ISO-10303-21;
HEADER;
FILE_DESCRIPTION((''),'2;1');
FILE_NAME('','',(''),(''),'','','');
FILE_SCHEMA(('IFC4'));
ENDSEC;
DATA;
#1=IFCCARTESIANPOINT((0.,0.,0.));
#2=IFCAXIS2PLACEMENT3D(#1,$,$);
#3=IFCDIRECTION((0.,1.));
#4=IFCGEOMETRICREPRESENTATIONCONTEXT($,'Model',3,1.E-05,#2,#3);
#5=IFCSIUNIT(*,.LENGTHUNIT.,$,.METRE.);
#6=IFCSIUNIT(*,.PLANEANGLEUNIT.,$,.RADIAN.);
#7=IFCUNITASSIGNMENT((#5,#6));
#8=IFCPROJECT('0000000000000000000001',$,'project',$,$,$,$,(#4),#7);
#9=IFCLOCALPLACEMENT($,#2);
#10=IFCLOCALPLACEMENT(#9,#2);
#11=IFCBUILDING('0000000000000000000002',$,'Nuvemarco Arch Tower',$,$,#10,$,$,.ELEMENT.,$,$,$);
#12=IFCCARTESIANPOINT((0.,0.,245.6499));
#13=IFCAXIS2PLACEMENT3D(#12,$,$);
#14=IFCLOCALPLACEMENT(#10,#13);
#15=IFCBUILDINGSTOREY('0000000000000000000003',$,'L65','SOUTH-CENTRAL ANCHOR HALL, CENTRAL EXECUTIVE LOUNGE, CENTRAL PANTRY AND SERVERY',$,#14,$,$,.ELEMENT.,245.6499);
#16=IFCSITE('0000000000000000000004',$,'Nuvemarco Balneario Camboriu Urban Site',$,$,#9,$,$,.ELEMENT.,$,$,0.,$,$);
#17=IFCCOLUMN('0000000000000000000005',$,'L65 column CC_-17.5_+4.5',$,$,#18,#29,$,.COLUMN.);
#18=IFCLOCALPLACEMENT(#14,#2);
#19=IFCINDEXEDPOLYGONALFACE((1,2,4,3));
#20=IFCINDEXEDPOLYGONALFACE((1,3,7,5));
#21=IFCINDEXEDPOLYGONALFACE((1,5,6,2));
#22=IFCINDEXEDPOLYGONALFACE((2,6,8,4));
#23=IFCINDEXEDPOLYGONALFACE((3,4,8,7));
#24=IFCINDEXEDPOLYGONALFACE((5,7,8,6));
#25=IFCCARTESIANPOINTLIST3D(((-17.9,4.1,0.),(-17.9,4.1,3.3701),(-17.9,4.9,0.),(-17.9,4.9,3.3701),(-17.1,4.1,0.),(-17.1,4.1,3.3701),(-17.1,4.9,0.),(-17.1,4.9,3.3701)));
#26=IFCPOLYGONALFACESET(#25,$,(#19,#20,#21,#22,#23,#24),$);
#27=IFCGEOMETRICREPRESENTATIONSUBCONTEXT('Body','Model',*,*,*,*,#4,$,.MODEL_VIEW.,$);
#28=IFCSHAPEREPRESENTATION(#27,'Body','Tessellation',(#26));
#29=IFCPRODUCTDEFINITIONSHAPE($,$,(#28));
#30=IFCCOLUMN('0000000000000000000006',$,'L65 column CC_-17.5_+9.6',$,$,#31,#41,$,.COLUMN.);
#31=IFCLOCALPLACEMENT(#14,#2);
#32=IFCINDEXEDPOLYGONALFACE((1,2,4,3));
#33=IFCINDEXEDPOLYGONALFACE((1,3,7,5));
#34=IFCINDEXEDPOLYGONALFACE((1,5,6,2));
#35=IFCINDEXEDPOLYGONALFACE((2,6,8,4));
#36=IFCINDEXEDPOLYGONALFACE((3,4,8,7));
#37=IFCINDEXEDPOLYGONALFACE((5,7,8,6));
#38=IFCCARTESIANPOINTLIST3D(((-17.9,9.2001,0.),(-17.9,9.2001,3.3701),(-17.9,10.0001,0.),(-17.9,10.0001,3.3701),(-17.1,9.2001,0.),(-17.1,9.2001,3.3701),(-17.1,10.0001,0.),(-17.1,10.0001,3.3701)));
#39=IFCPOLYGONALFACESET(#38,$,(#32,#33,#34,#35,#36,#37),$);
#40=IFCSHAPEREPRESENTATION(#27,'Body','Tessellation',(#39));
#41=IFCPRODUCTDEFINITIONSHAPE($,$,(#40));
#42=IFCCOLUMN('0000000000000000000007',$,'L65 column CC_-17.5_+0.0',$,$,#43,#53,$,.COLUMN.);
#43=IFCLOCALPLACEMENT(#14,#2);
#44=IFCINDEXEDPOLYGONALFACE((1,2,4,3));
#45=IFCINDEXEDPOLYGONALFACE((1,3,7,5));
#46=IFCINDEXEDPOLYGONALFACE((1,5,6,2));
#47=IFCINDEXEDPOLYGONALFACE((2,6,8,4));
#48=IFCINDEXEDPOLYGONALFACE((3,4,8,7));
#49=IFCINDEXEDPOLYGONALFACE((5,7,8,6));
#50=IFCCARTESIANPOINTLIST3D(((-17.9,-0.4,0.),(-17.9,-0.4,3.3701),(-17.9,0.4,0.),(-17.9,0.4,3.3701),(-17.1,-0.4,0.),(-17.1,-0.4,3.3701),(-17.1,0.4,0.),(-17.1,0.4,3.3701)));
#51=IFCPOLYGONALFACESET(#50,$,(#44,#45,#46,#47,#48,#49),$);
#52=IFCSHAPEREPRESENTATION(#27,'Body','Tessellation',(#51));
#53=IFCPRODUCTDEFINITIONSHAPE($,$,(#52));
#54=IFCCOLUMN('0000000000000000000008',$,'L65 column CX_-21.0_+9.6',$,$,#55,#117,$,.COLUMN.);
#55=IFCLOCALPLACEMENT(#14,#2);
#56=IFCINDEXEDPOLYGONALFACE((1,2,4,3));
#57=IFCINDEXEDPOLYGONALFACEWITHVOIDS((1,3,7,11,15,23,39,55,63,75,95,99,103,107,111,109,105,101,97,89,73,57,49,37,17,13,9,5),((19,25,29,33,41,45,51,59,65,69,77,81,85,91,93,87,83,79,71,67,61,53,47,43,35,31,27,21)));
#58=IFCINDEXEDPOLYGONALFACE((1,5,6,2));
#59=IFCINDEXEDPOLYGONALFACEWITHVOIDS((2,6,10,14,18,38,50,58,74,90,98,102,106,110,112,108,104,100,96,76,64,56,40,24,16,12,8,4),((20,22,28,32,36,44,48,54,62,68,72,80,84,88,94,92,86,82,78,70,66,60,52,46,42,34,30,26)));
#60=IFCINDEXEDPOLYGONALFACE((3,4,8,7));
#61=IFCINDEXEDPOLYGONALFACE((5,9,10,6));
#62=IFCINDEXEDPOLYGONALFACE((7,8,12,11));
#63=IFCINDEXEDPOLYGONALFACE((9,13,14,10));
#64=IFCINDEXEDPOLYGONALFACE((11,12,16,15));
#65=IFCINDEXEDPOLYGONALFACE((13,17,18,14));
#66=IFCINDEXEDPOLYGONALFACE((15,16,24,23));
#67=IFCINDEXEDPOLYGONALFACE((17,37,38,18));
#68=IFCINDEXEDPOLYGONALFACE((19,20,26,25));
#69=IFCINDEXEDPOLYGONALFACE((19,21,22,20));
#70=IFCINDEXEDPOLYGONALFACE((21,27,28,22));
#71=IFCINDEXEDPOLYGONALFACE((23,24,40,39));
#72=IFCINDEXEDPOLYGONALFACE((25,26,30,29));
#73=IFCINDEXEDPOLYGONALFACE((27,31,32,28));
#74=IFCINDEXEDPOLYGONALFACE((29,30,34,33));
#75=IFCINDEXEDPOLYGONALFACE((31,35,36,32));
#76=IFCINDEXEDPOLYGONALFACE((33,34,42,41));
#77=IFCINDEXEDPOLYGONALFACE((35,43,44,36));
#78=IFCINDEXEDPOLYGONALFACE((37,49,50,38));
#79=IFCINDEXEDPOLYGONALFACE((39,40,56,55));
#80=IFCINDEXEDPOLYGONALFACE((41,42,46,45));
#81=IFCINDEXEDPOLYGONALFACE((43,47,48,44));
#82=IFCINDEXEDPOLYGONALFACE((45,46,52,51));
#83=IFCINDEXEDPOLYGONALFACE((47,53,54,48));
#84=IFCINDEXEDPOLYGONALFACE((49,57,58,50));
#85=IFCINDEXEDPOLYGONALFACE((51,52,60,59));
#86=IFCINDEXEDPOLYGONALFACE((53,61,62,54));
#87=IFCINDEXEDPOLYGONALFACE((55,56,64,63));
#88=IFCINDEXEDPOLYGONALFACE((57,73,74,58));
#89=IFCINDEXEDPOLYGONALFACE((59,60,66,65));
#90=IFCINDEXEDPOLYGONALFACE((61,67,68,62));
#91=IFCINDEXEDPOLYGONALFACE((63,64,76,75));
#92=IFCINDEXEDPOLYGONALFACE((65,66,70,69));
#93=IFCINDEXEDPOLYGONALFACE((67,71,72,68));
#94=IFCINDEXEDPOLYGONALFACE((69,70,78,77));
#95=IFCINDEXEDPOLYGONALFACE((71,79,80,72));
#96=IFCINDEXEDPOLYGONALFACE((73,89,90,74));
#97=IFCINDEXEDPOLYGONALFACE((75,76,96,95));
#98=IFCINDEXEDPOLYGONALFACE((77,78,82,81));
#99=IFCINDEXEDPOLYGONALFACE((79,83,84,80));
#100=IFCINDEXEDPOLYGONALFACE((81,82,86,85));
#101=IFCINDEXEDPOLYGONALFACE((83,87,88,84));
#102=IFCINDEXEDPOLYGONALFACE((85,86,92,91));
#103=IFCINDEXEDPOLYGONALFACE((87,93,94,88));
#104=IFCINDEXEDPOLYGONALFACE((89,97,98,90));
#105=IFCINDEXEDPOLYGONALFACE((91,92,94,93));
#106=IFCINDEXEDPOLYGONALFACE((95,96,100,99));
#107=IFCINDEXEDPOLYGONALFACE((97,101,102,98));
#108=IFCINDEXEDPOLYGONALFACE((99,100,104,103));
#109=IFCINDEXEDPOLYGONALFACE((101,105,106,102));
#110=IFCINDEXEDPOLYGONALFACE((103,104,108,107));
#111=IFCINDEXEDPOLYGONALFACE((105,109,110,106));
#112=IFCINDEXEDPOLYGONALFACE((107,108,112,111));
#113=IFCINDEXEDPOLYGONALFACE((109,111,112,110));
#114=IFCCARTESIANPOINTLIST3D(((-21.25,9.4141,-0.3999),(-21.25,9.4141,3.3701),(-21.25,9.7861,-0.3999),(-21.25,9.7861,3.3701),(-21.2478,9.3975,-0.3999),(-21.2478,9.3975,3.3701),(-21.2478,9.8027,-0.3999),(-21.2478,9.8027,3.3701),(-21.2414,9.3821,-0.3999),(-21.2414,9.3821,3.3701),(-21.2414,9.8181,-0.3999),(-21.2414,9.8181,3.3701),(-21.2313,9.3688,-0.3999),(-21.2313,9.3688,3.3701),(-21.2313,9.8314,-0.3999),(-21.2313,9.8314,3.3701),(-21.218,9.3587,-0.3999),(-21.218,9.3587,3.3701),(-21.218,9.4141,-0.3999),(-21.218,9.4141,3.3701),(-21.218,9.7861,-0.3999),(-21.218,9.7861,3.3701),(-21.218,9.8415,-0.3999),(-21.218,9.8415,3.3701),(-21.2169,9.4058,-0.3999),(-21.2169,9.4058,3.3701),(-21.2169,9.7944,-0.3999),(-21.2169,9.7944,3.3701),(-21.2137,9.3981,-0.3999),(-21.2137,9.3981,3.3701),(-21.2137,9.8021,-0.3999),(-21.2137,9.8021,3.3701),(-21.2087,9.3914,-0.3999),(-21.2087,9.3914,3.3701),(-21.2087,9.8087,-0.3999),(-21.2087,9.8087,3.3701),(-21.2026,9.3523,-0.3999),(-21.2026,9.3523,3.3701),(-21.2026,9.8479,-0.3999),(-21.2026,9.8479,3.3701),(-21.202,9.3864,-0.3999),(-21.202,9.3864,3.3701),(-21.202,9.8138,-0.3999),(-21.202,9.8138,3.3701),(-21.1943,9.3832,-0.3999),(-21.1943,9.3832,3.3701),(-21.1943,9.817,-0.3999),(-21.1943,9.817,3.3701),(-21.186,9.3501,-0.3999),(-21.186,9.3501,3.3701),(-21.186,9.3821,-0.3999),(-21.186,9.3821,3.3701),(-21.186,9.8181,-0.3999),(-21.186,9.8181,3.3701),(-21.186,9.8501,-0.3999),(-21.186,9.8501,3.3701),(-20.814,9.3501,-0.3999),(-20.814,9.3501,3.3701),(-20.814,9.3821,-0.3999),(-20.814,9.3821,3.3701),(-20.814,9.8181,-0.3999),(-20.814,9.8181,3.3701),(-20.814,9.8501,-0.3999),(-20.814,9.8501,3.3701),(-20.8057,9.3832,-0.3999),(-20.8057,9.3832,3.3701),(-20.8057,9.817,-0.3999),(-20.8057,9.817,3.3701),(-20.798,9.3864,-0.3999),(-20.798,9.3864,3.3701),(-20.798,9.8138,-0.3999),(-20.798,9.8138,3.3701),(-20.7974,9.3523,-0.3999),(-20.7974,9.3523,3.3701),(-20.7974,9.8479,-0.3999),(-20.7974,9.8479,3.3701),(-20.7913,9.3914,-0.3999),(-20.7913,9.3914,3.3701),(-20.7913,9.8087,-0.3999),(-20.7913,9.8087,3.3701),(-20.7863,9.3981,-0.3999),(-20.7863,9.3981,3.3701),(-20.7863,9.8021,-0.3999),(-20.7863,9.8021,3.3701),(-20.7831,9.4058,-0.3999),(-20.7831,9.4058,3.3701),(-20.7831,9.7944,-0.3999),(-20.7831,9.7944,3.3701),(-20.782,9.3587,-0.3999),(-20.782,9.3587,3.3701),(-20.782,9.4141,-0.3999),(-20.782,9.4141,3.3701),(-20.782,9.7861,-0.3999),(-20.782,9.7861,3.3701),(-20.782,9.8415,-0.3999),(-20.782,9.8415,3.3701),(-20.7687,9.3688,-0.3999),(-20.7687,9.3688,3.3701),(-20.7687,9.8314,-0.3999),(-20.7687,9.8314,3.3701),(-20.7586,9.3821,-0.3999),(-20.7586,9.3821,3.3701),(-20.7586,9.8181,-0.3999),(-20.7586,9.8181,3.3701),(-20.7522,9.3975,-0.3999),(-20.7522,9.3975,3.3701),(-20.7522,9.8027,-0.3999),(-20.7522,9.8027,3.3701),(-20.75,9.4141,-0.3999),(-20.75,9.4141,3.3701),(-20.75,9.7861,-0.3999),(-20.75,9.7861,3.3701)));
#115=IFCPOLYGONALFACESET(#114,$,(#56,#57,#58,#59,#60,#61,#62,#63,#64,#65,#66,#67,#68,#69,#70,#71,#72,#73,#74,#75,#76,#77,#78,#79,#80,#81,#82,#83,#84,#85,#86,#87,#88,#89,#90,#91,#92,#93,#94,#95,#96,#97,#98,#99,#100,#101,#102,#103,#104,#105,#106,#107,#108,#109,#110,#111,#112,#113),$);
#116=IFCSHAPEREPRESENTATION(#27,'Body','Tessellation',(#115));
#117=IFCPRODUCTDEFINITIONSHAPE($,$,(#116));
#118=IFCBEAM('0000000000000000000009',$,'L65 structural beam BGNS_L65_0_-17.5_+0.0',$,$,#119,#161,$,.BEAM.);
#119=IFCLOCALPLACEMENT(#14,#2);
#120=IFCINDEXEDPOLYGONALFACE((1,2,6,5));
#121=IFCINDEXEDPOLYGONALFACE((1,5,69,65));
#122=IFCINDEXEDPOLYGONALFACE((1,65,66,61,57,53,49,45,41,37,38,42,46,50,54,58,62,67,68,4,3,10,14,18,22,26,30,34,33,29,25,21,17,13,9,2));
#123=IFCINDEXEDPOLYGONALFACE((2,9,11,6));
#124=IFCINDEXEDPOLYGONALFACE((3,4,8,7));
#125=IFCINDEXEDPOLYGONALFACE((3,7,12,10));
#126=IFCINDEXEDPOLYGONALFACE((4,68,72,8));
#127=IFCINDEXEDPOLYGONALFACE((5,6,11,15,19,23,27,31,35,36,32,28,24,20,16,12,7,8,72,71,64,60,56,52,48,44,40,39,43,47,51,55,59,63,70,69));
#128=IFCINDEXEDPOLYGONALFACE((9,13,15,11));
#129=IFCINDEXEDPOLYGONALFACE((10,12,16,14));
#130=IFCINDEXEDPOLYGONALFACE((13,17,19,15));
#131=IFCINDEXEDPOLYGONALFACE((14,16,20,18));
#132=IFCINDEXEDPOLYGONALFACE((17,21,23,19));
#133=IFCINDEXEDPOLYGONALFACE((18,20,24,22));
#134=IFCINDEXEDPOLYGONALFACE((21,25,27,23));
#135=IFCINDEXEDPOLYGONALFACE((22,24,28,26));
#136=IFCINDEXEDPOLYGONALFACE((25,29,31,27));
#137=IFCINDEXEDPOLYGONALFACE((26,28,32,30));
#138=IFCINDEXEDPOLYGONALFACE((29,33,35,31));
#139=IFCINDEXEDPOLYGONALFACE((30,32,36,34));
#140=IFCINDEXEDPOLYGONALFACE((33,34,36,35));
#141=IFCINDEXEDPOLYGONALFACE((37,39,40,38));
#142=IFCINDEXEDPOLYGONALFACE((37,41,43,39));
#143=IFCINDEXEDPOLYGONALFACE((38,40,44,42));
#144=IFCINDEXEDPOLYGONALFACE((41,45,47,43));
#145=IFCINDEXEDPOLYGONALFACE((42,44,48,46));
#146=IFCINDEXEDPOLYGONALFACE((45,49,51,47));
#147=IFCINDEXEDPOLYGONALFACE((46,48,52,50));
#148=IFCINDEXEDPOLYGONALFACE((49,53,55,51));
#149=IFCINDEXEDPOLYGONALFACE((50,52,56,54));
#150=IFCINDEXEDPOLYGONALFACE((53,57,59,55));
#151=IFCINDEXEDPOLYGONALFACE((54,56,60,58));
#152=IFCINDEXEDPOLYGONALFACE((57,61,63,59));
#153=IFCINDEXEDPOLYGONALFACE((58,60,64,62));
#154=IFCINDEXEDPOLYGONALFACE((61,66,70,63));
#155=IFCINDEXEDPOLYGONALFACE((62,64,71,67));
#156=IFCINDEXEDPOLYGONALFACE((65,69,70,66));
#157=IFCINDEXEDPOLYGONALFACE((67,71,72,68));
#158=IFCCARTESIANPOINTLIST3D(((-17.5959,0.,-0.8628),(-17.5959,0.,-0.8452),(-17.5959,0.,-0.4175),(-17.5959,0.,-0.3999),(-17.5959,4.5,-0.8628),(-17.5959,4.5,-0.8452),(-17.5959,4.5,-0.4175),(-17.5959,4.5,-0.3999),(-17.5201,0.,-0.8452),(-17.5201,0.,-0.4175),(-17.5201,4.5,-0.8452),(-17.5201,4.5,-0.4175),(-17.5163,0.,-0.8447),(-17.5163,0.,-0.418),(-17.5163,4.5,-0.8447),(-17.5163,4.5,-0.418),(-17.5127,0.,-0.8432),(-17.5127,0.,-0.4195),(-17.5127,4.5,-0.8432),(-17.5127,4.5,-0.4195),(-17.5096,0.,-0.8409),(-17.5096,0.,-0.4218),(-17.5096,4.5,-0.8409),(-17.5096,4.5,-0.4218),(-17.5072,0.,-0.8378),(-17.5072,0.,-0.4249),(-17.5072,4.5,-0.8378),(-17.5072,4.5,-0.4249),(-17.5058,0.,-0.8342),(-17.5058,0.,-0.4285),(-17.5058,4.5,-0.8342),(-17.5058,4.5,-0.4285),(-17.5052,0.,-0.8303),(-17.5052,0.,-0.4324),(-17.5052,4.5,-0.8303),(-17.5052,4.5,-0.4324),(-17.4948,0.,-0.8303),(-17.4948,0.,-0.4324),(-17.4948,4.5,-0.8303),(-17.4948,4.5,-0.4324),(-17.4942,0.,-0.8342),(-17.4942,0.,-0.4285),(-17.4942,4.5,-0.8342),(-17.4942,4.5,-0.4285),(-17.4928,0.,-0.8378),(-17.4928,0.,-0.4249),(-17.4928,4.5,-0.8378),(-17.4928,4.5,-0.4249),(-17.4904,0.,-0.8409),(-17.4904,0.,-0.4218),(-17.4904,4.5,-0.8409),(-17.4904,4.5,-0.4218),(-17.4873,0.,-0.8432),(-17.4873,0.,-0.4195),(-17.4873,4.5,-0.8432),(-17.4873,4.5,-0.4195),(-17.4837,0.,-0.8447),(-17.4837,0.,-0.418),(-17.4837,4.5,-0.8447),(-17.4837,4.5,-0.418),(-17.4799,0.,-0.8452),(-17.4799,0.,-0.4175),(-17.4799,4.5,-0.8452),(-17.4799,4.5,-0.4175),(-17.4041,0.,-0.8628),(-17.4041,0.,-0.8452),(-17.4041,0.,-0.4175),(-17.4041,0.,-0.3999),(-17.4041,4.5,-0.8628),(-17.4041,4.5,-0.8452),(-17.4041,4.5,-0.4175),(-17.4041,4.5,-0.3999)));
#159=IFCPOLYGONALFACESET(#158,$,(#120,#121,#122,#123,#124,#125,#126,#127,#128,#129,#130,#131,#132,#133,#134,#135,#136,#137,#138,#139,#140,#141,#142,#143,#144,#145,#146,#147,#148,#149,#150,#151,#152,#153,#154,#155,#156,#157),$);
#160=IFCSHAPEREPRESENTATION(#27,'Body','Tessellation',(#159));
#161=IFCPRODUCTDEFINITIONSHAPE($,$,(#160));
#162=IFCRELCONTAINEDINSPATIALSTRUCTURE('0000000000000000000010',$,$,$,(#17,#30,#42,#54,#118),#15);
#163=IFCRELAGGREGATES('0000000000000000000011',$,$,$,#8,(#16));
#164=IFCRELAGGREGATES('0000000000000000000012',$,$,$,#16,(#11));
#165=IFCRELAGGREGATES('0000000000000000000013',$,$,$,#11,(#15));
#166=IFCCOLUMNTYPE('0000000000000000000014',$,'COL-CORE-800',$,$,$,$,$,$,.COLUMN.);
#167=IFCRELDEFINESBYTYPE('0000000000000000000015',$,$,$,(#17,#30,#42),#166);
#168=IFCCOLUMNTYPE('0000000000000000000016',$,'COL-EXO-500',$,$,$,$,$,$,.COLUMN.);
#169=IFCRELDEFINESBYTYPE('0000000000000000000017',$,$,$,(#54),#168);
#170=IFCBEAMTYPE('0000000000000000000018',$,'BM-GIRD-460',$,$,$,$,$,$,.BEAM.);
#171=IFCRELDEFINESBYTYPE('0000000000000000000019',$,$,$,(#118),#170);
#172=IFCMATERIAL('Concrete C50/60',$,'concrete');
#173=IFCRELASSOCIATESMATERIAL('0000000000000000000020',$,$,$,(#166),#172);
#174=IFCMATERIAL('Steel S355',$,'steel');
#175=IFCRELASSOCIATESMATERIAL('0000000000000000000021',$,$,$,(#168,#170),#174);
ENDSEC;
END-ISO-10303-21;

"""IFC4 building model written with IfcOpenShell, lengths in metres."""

from ifc_helpers import new_model, si_unit, direction, frame, origin, origin_2d, place, context, subcontext, project, spatial, rectangle, hollow_rectangle, i_section, extrude, material, material_profile, profile_set, type_object, element, save


model = new_model("IFC4")

# Units and contexts
model_context = context("Model", 3, precision=1e-05, world=origin(), true_north=direction((0.0, 1.0)))
body_context = subcontext(model_context, "Body", "Model", "MODEL_VIEW")
ifc_project = project(units=[si_unit("LENGTHUNIT", "METRE"), si_unit("PLANEANGLEUNIT", "RADIAN")], contexts=[model_context])

# Site, building, storey
site_placement = place(None, origin())
site = spatial("IfcSite", under=ifc_project, at=site_placement, Name="Nuvemarco Balneario Camboriu Urban Site", CompositionType="ELEMENT", RefElevation=0.0)
building_placement = place(site_placement, origin())
building = spatial("IfcBuilding", under=site, at=building_placement, Name="Nuvemarco Arch Tower", CompositionType="ELEMENT")
storey_placement = place(building_placement, frame((0.0, 0.0, 245.6499)))
storey = spatial("IfcBuildingStorey", under=building, at=storey_placement, Name="L65", Description="SOUTH-CENTRAL ANCHOR HALL, CENTRAL EXECUTIVE LOUNGE, CENTRAL PANTRY AND SERVERY", CompositionType="ELEMENT", Elevation=245.6499)

# Columns
ifc_material_1 = material(Name="Concrete C50/60", Category="concrete")
ifc_material_profile_1 = material_profile(ifc_material_1, rectangle(XDim=0.8, YDim=0.8, at=origin_2d()), Name="RC-COL-800x800")
ifc_profile_set_1 = profile_set([ifc_material_profile_1], Name="Concrete C50/60")
column_type_1 = type_object("IfcColumnType", Name="COL-CORE-800", PredefinedType="COLUMN", material=ifc_profile_set_1)
for number, where, z_axis, x_axis, name in (
    (1, (-17.5, 4.5, 0.0), (0.0, 0.0, 1.0), (1.0, 0.0, 0.0), "L65 column CC_-17.5_+4.5"),
    (2, (-17.5, 9.6001, 0.0), (0.0, 0.0, 1.0), (1.0, 0.0, 0.0), "L65 column CC_-17.5_+9.6"),
    (3, (-17.5, 0.0, 0.0), (0.0, 0.0, 1.0), (1.0, 0.0, 0.0), "L65 column CC_-17.5_+0.0"),
):
    element("IfcColumn", number, at=place(storey_placement, frame(where, z_axis=z_axis, x_axis=x_axis)), inside=storey, type_object=column_type_1, Name=name, PredefinedType="COLUMN", context=body_context, shape_type="SweptSolid", body=[
        extrude(rectangle(XDim=0.8, YDim=0.8, at=origin_2d()), origin(), (0.0, 0.0, 1.0), 3.3701),
    ])
ifc_material_2 = material(Name="Steel S355", Category="steel")
ifc_material_profile_2 = material_profile(ifc_material_2, hollow_rectangle(XDim=0.5, YDim=0.5, WallThickness=0.032, InnerFilletRadius=0.032, OuterFilletRadius=0.064, at=origin_2d()), Name="SHS500x500x32")
ifc_profile_set_2 = profile_set([ifc_material_profile_2], Name="Steel S355")
column_type_2 = type_object("IfcColumnType", Name="COL-EXO-500", PredefinedType="COLUMN", material=ifc_profile_set_2)
column_placement = place(storey_placement, frame((-21.0, 9.6001, -0.3999), z_axis=(0.0, 0.0, 1.0), x_axis=(1.0, 0.0, 0.0)))
element("IfcColumn", 4, at=column_placement, inside=storey, type_object=column_type_2, Name="L65 column CX_-21.0_+9.6", PredefinedType="COLUMN", context=body_context, shape_type="SweptSolid", body=[
    extrude(hollow_rectangle(XDim=0.5, YDim=0.5, WallThickness=0.032, InnerFilletRadius=0.032, OuterFilletRadius=0.064, at=origin_2d()), origin(), (0.0, 0.0, 1.0), 3.77),
])

# Beam
ifc_material_profile_3 = material_profile(ifc_material_2, i_section(OverallWidth=0.1919, OverallDepth=0.4629, WebThickness=0.0105, FlangeThickness=0.0176, FilletRadius=0.0149, at=origin_2d()), Name="W460x89")
ifc_profile_set_3 = profile_set([ifc_material_profile_3], Name="Steel S355")
beam_type_1 = type_object("IfcBeamType", Name="BM-GIRD-460", PredefinedType="BEAM", material=ifc_profile_set_3)
beam_1_placement = place(storey_placement, frame((-17.5, 0.0, -0.6313), z_axis=(0.0, 1.0, 0.0), x_axis=(-1.0, 0.0, 0.0)))
element("IfcBeam", 5, at=beam_1_placement, inside=storey, type_object=beam_type_1, Name="L65 structural beam BGNS_L65_0_-17.5_+0.0", PredefinedType="BEAM", context=body_context, shape_type="SweptSolid", body=[
    extrude(i_section(OverallWidth=0.1919, OverallDepth=0.4629, WebThickness=0.0105, FlangeThickness=0.0176, FilletRadius=0.0149, at=origin_2d()), origin(), (0.0, 0.0, 1.0), 4.5),
])

save(model, "model.ifc")
